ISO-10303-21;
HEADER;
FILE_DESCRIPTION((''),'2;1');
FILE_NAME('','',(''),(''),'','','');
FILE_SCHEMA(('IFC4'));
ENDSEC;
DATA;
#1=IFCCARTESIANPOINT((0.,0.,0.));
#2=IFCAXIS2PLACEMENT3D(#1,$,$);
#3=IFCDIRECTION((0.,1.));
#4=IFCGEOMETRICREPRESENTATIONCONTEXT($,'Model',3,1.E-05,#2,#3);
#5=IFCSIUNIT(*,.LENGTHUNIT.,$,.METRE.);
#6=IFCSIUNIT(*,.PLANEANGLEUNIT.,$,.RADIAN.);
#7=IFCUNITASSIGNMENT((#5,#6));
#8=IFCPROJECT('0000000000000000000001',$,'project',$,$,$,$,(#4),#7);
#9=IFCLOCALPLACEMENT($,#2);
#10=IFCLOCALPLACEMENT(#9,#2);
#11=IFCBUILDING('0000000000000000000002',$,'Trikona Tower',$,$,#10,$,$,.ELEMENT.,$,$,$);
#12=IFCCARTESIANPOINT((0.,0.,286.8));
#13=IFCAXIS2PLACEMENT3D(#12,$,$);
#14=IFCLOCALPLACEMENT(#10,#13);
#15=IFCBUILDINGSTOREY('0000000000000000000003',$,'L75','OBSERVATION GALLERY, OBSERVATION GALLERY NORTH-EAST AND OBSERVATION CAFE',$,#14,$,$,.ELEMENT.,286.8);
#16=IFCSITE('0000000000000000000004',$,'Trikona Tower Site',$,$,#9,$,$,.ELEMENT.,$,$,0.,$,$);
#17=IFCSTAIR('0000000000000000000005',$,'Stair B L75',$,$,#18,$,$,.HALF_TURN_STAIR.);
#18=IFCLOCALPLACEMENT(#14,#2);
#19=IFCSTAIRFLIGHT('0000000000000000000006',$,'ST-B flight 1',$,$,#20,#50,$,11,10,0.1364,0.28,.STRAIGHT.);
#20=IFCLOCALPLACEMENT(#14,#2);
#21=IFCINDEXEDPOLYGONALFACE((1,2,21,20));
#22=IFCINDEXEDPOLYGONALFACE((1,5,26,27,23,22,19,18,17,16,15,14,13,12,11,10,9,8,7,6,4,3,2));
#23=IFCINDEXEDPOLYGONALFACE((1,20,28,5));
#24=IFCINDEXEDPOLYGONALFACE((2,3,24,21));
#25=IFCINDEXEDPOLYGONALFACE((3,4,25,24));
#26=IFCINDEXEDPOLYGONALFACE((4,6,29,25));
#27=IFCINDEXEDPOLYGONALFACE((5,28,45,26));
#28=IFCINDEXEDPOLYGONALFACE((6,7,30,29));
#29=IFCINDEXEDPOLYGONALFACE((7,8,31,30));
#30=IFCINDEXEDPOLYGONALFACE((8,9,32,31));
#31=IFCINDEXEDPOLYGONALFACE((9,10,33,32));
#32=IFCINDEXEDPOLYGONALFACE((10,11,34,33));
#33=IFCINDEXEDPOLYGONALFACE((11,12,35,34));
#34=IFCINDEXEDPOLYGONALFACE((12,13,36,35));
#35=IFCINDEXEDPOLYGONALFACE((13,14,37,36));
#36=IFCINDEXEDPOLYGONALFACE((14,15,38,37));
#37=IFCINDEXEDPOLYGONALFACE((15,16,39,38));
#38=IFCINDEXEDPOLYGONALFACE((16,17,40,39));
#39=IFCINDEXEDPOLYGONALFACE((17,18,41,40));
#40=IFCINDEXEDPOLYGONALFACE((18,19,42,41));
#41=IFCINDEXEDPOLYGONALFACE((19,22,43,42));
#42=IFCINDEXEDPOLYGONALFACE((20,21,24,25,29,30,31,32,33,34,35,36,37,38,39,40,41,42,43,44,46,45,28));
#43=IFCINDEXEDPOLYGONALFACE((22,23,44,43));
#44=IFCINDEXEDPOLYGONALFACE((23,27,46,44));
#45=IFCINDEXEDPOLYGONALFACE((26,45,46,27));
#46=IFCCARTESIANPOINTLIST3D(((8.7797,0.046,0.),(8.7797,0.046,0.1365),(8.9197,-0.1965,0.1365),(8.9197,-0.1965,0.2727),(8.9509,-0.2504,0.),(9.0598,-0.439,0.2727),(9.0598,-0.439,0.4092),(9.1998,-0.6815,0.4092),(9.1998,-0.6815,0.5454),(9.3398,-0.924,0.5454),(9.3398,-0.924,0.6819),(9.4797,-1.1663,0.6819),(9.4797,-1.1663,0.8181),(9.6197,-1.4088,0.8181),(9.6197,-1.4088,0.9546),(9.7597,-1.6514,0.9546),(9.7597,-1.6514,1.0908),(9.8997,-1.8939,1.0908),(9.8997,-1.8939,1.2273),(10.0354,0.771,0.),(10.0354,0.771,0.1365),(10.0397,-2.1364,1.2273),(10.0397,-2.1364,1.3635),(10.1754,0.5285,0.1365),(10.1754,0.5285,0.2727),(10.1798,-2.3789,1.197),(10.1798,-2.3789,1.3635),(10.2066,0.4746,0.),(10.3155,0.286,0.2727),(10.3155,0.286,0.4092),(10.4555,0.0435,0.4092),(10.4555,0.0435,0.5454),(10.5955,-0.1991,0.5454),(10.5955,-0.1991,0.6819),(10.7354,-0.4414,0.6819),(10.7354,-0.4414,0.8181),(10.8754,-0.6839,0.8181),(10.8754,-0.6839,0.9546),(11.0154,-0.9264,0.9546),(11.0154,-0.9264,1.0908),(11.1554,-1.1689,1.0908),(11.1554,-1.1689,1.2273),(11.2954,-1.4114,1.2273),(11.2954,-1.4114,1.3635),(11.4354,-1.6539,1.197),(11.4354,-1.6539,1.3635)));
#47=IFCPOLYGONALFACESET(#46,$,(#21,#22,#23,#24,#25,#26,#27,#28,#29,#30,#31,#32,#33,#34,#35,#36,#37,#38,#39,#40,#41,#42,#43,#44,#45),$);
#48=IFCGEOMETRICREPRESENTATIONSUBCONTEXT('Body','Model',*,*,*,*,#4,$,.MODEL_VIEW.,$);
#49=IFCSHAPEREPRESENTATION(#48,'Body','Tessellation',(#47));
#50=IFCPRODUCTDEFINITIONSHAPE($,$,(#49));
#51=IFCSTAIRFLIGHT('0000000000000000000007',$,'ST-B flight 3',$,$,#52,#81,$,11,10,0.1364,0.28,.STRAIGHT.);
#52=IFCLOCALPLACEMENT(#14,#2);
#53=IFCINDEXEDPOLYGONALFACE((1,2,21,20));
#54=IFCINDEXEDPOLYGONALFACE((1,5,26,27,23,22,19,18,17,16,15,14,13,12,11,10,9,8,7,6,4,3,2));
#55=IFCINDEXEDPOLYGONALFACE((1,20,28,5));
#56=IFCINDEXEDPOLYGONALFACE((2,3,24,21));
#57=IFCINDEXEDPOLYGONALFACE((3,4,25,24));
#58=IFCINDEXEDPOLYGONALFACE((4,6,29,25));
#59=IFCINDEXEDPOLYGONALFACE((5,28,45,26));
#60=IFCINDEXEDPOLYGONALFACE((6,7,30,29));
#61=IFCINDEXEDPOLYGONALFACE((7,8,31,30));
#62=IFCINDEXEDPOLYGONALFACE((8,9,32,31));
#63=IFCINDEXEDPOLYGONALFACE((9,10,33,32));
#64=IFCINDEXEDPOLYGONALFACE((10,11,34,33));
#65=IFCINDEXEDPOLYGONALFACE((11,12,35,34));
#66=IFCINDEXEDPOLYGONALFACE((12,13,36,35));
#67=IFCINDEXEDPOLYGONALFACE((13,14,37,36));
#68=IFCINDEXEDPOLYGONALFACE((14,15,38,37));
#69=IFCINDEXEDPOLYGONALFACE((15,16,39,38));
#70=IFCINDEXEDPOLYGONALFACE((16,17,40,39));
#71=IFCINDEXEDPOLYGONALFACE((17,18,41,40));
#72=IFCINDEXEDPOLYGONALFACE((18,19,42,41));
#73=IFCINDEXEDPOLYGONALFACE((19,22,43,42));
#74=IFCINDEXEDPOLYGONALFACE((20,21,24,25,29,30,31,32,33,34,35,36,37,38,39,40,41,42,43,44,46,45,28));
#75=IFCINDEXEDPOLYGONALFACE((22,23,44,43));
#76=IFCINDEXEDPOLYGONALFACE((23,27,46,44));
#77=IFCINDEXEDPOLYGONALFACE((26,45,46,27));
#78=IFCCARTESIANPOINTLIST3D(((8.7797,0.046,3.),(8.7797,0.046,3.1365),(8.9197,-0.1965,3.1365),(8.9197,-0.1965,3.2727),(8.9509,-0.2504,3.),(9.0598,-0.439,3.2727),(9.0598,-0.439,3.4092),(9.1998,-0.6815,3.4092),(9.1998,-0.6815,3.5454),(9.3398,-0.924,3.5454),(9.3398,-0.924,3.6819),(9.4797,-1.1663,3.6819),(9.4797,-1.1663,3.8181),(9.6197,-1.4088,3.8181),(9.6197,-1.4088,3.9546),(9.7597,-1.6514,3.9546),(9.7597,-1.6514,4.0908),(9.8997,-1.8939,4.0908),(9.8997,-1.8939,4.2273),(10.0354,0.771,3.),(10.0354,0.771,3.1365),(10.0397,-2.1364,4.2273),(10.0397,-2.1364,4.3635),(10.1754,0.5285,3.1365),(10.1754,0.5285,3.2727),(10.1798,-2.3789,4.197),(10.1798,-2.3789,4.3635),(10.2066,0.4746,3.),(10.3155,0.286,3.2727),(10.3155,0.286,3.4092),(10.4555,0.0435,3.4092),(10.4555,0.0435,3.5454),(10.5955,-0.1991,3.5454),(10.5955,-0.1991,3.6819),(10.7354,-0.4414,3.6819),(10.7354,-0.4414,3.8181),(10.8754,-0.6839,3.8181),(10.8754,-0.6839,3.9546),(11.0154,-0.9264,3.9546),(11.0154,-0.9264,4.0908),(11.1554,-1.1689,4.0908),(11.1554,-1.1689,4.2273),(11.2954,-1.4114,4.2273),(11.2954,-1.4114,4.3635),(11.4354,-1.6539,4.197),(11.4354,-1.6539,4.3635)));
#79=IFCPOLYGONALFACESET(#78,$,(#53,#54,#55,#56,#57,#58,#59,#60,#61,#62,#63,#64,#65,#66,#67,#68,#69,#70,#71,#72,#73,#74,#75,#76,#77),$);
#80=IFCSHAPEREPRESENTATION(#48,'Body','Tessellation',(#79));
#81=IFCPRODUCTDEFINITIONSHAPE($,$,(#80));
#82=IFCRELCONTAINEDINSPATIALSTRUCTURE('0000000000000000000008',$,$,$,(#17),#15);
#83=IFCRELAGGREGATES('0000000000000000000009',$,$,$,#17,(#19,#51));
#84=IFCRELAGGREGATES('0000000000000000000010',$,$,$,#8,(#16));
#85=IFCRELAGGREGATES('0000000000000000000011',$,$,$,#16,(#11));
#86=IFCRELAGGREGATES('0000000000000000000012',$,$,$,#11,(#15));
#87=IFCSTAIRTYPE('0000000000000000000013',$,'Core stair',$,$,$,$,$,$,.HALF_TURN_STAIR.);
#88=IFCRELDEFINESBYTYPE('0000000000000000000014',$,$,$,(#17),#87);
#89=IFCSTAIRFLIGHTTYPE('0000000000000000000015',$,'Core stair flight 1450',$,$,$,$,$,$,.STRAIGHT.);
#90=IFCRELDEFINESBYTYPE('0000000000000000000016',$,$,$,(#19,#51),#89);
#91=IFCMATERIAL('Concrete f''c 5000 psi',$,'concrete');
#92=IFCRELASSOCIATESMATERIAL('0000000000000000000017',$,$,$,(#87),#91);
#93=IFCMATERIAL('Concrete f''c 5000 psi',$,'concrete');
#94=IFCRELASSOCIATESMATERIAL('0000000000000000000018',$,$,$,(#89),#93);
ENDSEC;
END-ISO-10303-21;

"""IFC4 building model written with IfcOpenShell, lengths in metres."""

from ifc_helpers import new_model, si_unit, direction, frame, origin, place, context, subcontext, project, spatial, polyline, outline, extrude, material, type_object, element, aggregate, save


model = new_model("IFC4")

# Units and contexts
model_context = context("Model", 3, precision=1e-05, world=origin(), true_north=direction((0.0, 1.0)))
body_context = subcontext(model_context, "Body", "Model", "MODEL_VIEW")
ifc_project = project(units=[si_unit("LENGTHUNIT", "METRE"), si_unit("PLANEANGLEUNIT", "RADIAN")], contexts=[model_context])

# Site, building, storey
site_placement = place(None, origin())
site = spatial("IfcSite", under=ifc_project, at=site_placement, Name="Trikona Tower Site", CompositionType="ELEMENT", RefElevation=0.0)
building_placement = place(site_placement, origin())
building = spatial("IfcBuilding", under=site, at=building_placement, Name="Trikona Tower", CompositionType="ELEMENT")
storey_placement = place(building_placement, frame((0.0, 0.0, 286.8)))
storey = spatial("IfcBuildingStorey", under=building, at=storey_placement, Name="L75", Description="OBSERVATION GALLERY, OBSERVATION GALLERY NORTH-EAST AND OBSERVATION CAFE", CompositionType="ELEMENT", Elevation=286.8)

# Stair
ifc_material_1 = material(Name="Concrete f'c 5000 psi", Category="concrete")
stair_type = type_object("IfcStairType", Name="Core stair", PredefinedType="HALF_TURN_STAIR", material=ifc_material_1)
stair_1_placement = place(storey_placement, origin())
stair_1 = element("IfcStair", 1, at=stair_1_placement, inside=storey, type_object=stair_type, Name="Stair B L75", PredefinedType="HALF_TURN_STAIR")

# Stair flights
ifc_material_2 = material(Name="Concrete f'c 5000 psi", Category="concrete")
stair_flight_type = type_object("IfcStairFlightType", Name="Core stair flight 1450", PredefinedType="STRAIGHT", material=ifc_material_2)
stair_flight_1_placement = place(storey_placement, frame((9.4075, 0.4084, 0.0), z_axis=(0.0, 0.0, 1.0), x_axis=(0.5, -0.866025, 0.0)))
stair_flight_1 = element("IfcStairFlight", 2, at=stair_flight_1_placement, type_object=stair_flight_type, Name="ST-B flight 1", NumberOfRisers=11, NumberOfTreads=10, PredefinedType="STRAIGHT", RiserHeight=0.1364, TreadLength=0.28, context=body_context, shape_type="SweptSolid", body=[
    extrude(outline(polyline([(0.0, 0.0), (0.0, 0.1365), (0.28, 0.1365), (0.28, 0.2727), (0.5601, 0.2727), (0.5601, 0.4092), (0.8401, 0.4092), (0.8401, 0.5454), (1.1201, 0.5454), (1.1201, 0.6819), (1.3999, 0.6819), (1.3999, 0.8181), (1.6799, 0.8181), (1.6799, 0.9546), (1.96, 0.9546), (1.96, 1.0908), (2.24, 1.0908), (2.24, 1.2273), (2.52, 1.2273), (2.52, 1.3635), (2.8, 1.3635), (2.8, 1.5), (2.8, 1.197), (0.3423, 0.0), (0.0, 0.0)])), frame((0.0, 0.7251, 0.0), z_axis=(0.0, -1.0, 0.0), x_axis=(1.0, 0.0, 0.0)), (0.0, 0.0, 1.0), 1.45),
])
stair_flight_2_placement = place(storey_placement, frame((9.4075, 0.4084, 3.0), z_axis=(0.0, 0.0, 1.0), x_axis=(0.5, -0.866025, 0.0)))
stair_flight_2 = element("IfcStairFlight", 3, at=stair_flight_2_placement, type_object=stair_flight_type, Name="ST-B flight 3", NumberOfRisers=11, NumberOfTreads=10, PredefinedType="STRAIGHT", RiserHeight=0.1364, TreadLength=0.28, context=body_context, shape_type="SweptSolid", body=[
    extrude(outline(polyline([(0.0, 0.0), (0.0, 0.1365), (0.28, 0.1365), (0.28, 0.2727), (0.5601, 0.2727), (0.5601, 0.4092), (0.8401, 0.4092), (0.8401, 0.5454), (1.1201, 0.5454), (1.1201, 0.6819), (1.3999, 0.6819), (1.3999, 0.8181), (1.6799, 0.8181), (1.6799, 0.9546), (1.96, 0.9546), (1.96, 1.0908), (2.24, 1.0908), (2.24, 1.2273), (2.52, 1.2273), (2.52, 1.3635), (2.8, 1.3635), (2.8, 1.5), (2.8, 1.197), (0.3423, 0.0), (0.0, 0.0)])), frame((0.0, 0.7251, 0.0), z_axis=(0.0, -1.0, 0.0), x_axis=(1.0, 0.0, 0.0)), (0.0, 0.0, 1.0), 1.45),
])
aggregate(stair_1, [stair_flight_1, stair_flight_2])

save(model, "model.ifc")
